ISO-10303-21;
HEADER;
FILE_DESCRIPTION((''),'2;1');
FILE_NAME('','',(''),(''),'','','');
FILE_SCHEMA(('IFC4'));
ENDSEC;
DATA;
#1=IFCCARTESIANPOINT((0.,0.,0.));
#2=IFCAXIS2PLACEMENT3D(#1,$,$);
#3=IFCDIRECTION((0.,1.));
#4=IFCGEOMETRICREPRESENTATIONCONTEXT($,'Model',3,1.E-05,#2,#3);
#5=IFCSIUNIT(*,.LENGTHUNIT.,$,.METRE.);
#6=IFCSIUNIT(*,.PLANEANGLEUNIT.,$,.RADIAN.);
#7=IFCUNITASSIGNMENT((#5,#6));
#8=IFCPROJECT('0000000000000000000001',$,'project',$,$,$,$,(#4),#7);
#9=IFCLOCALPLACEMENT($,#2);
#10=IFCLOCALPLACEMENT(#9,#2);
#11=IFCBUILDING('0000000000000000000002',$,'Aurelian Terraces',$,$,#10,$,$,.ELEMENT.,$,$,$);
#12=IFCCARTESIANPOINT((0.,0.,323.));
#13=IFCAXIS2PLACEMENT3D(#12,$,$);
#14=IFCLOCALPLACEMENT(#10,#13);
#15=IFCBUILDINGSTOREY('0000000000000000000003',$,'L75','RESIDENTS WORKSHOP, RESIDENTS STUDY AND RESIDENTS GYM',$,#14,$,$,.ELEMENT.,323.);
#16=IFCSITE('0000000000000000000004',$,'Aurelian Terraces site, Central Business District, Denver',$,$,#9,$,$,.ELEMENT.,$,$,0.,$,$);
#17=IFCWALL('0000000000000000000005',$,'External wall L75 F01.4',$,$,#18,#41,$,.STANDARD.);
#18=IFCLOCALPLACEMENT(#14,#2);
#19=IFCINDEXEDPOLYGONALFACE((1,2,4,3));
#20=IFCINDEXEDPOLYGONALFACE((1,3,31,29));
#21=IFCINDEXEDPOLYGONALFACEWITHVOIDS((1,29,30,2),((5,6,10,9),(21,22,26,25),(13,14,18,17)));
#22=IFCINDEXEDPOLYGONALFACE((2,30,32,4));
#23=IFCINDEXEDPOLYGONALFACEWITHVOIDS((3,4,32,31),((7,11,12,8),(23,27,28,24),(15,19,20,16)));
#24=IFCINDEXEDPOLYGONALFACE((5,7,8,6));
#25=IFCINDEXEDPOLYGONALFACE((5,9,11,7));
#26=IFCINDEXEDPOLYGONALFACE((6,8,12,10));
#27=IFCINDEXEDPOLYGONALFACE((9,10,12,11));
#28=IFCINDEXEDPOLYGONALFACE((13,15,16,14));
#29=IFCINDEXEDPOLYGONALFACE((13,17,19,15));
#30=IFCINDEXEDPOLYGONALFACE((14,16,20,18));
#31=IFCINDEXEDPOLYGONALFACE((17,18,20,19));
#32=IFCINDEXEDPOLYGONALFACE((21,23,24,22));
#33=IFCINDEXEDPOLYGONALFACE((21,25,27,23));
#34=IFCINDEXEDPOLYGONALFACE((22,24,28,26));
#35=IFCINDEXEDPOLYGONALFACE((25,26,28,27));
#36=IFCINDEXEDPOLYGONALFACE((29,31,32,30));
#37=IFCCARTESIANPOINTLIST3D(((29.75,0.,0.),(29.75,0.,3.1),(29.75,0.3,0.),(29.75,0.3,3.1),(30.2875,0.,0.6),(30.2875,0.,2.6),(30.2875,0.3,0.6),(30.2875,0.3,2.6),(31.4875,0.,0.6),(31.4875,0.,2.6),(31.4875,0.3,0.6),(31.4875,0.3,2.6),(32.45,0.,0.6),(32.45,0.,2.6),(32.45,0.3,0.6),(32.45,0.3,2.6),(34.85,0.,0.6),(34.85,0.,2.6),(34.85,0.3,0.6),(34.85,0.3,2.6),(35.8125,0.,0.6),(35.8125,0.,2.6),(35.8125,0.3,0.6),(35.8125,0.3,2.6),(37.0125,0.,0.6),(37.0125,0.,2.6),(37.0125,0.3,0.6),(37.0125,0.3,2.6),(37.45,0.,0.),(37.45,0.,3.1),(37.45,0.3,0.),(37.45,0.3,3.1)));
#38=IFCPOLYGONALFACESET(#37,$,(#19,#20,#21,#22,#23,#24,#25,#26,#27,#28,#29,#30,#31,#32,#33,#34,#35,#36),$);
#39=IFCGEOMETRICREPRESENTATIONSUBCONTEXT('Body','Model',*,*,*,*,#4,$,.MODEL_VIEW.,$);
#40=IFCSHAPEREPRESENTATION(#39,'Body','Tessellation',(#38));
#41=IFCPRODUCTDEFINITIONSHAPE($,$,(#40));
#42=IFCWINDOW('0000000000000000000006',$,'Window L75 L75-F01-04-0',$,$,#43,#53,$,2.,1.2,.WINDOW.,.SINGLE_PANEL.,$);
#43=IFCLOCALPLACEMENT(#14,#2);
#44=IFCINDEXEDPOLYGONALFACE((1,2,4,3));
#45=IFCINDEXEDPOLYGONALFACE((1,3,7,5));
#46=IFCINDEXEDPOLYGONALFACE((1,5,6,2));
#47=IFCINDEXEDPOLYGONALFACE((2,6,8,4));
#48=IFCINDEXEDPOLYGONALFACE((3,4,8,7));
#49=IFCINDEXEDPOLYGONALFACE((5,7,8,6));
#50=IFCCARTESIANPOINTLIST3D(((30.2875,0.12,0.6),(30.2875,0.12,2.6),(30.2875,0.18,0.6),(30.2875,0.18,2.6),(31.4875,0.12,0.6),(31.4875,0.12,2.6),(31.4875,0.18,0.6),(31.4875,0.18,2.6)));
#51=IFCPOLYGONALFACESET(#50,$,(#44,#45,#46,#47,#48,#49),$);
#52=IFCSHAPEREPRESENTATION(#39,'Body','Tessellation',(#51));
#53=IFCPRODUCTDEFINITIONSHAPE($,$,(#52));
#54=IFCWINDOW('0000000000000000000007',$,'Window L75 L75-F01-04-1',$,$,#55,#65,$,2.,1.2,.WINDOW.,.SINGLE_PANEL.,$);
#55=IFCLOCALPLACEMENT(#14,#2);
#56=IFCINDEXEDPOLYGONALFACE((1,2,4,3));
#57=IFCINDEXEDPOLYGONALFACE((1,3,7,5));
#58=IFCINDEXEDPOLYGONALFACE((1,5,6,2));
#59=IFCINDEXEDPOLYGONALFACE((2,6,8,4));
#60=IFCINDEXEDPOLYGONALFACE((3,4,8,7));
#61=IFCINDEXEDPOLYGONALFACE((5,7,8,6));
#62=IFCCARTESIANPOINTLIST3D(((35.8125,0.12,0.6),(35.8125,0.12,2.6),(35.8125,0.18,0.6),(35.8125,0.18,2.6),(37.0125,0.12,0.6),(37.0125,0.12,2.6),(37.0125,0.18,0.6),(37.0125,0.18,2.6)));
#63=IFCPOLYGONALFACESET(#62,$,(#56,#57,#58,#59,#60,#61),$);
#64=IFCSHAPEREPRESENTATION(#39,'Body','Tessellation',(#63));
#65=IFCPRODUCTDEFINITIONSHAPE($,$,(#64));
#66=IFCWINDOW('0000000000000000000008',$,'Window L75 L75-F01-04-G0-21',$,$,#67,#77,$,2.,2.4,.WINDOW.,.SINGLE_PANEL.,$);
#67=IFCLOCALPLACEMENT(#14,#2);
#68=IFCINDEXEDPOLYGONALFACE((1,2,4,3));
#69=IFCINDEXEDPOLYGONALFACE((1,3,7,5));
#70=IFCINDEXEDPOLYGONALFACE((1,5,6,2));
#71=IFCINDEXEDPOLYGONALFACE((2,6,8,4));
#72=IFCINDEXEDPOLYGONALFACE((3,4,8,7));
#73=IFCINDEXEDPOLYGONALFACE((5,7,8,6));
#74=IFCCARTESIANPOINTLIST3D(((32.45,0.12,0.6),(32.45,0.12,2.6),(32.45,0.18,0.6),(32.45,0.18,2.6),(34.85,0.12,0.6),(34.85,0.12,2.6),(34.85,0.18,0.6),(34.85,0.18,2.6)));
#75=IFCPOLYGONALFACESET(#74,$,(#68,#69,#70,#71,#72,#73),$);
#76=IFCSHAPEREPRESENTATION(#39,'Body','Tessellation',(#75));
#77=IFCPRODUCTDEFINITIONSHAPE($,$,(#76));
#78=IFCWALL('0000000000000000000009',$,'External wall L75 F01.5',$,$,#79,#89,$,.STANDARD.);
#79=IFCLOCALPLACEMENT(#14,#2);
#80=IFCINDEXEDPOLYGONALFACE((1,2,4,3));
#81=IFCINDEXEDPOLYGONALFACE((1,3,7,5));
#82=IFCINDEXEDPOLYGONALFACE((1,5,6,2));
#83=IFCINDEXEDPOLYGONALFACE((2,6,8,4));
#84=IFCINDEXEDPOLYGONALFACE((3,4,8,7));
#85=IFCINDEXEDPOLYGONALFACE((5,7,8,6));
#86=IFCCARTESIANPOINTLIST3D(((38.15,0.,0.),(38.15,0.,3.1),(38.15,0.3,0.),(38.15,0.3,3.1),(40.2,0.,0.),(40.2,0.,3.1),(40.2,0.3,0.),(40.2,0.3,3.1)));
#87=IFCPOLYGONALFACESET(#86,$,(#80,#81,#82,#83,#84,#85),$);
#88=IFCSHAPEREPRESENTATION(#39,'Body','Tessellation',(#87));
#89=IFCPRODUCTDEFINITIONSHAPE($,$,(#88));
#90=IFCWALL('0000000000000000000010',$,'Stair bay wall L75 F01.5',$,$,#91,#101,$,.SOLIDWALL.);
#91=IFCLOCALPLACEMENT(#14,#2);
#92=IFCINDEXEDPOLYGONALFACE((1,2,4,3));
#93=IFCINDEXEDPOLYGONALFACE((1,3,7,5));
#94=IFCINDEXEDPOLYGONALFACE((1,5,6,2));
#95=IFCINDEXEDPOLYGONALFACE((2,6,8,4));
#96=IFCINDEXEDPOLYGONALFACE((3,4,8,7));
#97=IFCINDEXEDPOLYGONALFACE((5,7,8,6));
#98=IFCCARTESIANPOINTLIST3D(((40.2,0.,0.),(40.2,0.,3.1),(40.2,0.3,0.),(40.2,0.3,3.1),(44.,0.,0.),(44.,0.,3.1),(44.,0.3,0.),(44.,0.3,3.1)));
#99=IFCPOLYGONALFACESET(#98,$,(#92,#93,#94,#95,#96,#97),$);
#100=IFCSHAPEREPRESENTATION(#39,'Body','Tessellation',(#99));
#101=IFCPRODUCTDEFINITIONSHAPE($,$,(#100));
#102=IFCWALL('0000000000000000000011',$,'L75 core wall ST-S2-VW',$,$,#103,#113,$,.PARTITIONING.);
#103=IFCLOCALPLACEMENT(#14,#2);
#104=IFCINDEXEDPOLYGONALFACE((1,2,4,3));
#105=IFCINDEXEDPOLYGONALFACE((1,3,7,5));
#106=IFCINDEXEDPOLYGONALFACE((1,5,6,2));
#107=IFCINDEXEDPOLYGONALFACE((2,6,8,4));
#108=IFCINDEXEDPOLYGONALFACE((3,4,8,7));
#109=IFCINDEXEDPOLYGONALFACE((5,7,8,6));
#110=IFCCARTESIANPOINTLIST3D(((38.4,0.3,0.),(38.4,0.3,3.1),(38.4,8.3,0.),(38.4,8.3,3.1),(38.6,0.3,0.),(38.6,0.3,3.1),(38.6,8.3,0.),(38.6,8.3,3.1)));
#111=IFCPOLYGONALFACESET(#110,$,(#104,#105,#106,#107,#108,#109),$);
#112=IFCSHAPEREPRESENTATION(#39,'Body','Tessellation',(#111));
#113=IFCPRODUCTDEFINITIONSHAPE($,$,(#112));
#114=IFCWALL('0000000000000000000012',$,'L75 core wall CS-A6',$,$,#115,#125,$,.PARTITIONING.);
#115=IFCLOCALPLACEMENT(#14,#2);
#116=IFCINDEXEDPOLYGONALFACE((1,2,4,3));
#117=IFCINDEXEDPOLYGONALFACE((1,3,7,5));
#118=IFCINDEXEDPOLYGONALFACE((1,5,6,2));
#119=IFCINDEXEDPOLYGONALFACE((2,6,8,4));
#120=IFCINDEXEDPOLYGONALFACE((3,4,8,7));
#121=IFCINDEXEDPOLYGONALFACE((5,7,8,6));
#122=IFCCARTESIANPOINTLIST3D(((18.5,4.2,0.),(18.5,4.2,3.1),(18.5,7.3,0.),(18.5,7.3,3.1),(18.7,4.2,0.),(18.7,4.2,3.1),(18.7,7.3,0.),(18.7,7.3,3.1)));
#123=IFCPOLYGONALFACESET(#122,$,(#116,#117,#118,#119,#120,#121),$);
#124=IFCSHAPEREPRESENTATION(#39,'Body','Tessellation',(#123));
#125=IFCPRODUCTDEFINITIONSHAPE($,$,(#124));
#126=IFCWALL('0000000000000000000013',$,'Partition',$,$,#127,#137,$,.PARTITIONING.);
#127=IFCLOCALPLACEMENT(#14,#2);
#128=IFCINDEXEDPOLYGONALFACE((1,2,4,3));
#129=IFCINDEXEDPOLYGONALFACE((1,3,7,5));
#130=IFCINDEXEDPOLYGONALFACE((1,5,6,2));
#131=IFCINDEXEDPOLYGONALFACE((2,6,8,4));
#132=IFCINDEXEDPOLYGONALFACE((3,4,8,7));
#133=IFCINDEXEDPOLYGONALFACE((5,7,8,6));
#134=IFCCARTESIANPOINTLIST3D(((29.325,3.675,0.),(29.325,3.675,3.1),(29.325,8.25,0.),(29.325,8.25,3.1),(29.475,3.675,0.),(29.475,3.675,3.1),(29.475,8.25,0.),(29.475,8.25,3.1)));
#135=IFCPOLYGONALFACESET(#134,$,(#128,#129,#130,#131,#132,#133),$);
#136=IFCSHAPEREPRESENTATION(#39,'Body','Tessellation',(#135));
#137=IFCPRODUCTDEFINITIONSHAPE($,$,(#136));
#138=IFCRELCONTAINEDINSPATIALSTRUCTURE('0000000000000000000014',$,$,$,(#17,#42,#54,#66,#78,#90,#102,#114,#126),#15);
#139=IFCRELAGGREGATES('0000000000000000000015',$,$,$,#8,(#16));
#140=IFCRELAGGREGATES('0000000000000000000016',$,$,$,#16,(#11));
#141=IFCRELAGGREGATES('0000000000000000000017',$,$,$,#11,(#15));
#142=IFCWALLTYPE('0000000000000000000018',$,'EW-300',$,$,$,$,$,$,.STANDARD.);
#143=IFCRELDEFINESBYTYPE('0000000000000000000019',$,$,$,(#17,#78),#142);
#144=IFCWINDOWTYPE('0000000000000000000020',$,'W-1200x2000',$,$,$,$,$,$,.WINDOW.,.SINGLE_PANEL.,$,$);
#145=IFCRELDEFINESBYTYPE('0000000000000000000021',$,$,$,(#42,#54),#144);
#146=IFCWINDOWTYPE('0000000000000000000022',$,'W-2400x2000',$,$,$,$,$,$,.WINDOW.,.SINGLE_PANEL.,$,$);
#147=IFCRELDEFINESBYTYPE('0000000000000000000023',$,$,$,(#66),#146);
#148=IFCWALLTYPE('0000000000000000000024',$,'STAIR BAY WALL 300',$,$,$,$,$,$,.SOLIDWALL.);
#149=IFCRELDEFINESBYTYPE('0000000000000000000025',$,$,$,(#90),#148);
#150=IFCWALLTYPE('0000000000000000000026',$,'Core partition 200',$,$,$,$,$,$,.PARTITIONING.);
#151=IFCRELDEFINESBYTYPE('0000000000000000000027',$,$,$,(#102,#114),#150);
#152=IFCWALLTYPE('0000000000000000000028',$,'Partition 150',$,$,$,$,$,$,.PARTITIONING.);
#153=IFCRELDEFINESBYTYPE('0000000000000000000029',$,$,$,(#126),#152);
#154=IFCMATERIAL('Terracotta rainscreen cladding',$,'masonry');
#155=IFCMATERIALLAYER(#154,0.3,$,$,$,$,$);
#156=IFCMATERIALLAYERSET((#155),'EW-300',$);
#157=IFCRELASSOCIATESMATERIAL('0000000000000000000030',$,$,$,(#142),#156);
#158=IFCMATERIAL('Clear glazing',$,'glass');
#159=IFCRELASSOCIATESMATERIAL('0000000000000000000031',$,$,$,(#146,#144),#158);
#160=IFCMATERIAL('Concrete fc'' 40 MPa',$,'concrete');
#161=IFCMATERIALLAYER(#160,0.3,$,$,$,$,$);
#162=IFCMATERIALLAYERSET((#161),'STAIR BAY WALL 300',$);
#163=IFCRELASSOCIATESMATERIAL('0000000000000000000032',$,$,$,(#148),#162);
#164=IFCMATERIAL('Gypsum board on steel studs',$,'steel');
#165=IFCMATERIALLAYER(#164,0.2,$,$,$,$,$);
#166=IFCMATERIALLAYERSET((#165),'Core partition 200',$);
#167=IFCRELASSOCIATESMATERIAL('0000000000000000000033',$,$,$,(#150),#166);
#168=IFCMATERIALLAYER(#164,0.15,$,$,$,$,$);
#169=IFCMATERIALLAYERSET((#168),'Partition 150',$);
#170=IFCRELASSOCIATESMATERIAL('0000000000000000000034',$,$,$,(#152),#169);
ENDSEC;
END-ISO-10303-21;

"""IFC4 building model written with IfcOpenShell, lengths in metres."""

from ifc_helpers import new_model, si_unit, direction, frame, frame_2d, origin, place, context, subcontext, project, spatial, rectangle, extrude, source, transform, mapped, material, layer, layer_set, type_object, element, fill, save


model = new_model("IFC4")

# Units and contexts
model_context = context("Model", 3, precision=1e-05, world=origin(), true_north=direction((0.0, 1.0)))
body_context = subcontext(model_context, "Body", "Model", "MODEL_VIEW")
ifc_project = project(units=[si_unit("LENGTHUNIT", "METRE"), si_unit("PLANEANGLEUNIT", "RADIAN")], contexts=[model_context])

# Site, building, storey
site_placement = place(None, origin())
site = spatial("IfcSite", under=ifc_project, at=site_placement, Name="Aurelian Terraces site, Central Business District, Denver", CompositionType="ELEMENT", RefElevation=0.0)
building_placement = place(site_placement, origin())
building = spatial("IfcBuilding", under=site, at=building_placement, Name="Aurelian Terraces", CompositionType="ELEMENT")
storey_placement = place(building_placement, frame((0.0, 0.0, 323.0)))
storey = spatial("IfcBuildingStorey", under=building, at=storey_placement, Name="L75", Description="RESIDENTS WORKSHOP, RESIDENTS STUDY AND RESIDENTS GYM", CompositionType="ELEMENT", Elevation=323.0)

# Wall, openings, windows
ifc_material_1 = material(Name="Terracotta rainscreen cladding", Category="masonry")
ifc_layer_1 = layer(ifc_material_1, 0.3)
ifc_layer_set_1 = layer_set([ifc_layer_1], Name="EW-300")
wall_type_1 = type_object("IfcWallType", Name="EW-300", PredefinedType="STANDARD", material=ifc_layer_set_1)
shared_shape_1 = source(origin(), body_context, "Body", "SweptSolid", [
    extrude(rectangle(XDim=7.7, YDim=0.3, at=frame_2d((3.85, 0.0))), origin(), (0.0, 0.0, 1.0), 3.1),
])
shared_shape_2 = source(origin(), body_context, "Body", "SweptSolid", [
    extrude(rectangle(XDim=2.4, YDim=2.0, at=frame_2d((1.2, 1.0))), frame((0.0, 0.16, 0.0), z_axis=(0.0, -1.0, 0.0), x_axis=(1.0, 0.0, 0.0)), (0.0, 0.0, 1.0), 0.32),
])
ifc_material_2 = material(Name="Clear glazing", Category="glass")
window_type_1 = type_object("IfcWindowType", Name="W-2400x2000", PartitioningType="SINGLE_PANEL", PredefinedType="WINDOW", material=ifc_material_2)
shared_shape_3 = source(origin(), body_context, "Body", "SweptSolid", [
    extrude(rectangle(XDim=2.4, YDim=2.0, at=frame_2d((1.2, 1.0))), frame((0.0, 0.03, 0.0), z_axis=(0.0, -1.0, 0.0), x_axis=(1.0, 0.0, 0.0)), (0.0, 0.0, 1.0), 0.06),
])
wall_1_placement = place(storey_placement, frame((29.75, 0.15, 0.0), z_axis=(0.0, 0.0, 1.0), x_axis=(1.0, 0.0, 0.0)))
wall_1 = element("IfcWall", 1, at=wall_1_placement, inside=storey, type_object=wall_type_1, Name="External wall L75 F01.4", PredefinedType="STANDARD", context=body_context, shape_type="MappedRepresentation", body=[
    mapped(shared_shape_1, transform((0.0, 0.0, 0.0), scale=1.0)),
])
shared_shape_4 = source(origin(), body_context, "Body", "SweptSolid", [
    extrude(rectangle(XDim=1.2, YDim=2.0, at=frame_2d((0.6, 1.0))), frame((0.0, 0.16, 0.0), z_axis=(0.0, -1.0, 0.0), x_axis=(1.0, 0.0, 0.0)), (0.0, 0.0, 1.0), 0.32),
])
opening_1_placement = place(wall_1_placement, frame((0.5375, 0.0, 0.6)))
opening_1 = element("IfcOpeningElement", 2, at=opening_1_placement, cuts=wall_1, PredefinedType="OPENING", context=body_context, shape_type="MappedRepresentation", body=[
    mapped(shared_shape_4, transform((0.0, 0.0, 0.0), scale=1.0)),
])
opening_2_placement = place(wall_1_placement, frame((6.0625, 0.0, 0.6)))
opening_2 = element("IfcOpeningElement", 3, at=opening_2_placement, cuts=wall_1, PredefinedType="OPENING", context=body_context, shape_type="MappedRepresentation", body=[
    mapped(shared_shape_4, transform((0.0, 0.0, 0.0), scale=1.0)),
])
opening_3_placement = place(wall_1_placement, frame((2.7, 0.0, 0.6)))
opening_3 = element("IfcOpeningElement", 4, at=opening_3_placement, cuts=wall_1, PredefinedType="OPENING", context=body_context, shape_type="MappedRepresentation", body=[
    mapped(shared_shape_2, transform((0.0, 0.0, 0.0), scale=1.0)),
])
window_type_2 = type_object("IfcWindowType", Name="W-1200x2000", PartitioningType="SINGLE_PANEL", PredefinedType="WINDOW", material=ifc_material_2)
shared_shape_5 = source(origin(), body_context, "Body", "SweptSolid", [
    extrude(rectangle(XDim=1.2, YDim=2.0, at=frame_2d((0.6, 1.0))), frame((0.0, 0.03, 0.0), z_axis=(0.0, -1.0, 0.0), x_axis=(1.0, 0.0, 0.0)), (0.0, 0.0, 1.0), 0.06),
])
window_1_placement = place(opening_1_placement, origin())
window_1 = element("IfcWindow", 5, at=window_1_placement, inside=storey, type_object=window_type_2, Name="Window L75 L75-F01-04-0", OverallHeight=2.0, OverallWidth=1.2, PartitioningType="SINGLE_PANEL", PredefinedType="WINDOW", context=body_context, shape_type="MappedRepresentation", body=[
    mapped(shared_shape_5, transform((0.0, 0.0, 0.0), scale=1.0)),
])
fill(opening_1, window_1)
window_2_placement = place(opening_2_placement, origin())
window_2 = element("IfcWindow", 6, at=window_2_placement, inside=storey, type_object=window_type_2, Name="Window L75 L75-F01-04-1", OverallHeight=2.0, OverallWidth=1.2, PartitioningType="SINGLE_PANEL", PredefinedType="WINDOW", context=body_context, shape_type="MappedRepresentation", body=[
    mapped(shared_shape_5, transform((0.0, 0.0, 0.0), scale=1.0)),
])
fill(opening_2, window_2)
window_3_placement = place(opening_3_placement, origin())
window_3 = element("IfcWindow", 7, at=window_3_placement, inside=storey, type_object=window_type_1, Name="Window L75 L75-F01-04-G0-21", OverallHeight=2.0, OverallWidth=2.4, PartitioningType="SINGLE_PANEL", PredefinedType="WINDOW", context=body_context, shape_type="MappedRepresentation", body=[
    mapped(shared_shape_3, transform((0.0, 0.0, 0.0), scale=1.0)),
])
fill(opening_3, window_3)

# Walls
shared_shape_6 = source(origin(), body_context, "Body", "SweptSolid", [
    extrude(rectangle(XDim=2.05, YDim=0.3, at=frame_2d((1.025, 0.0))), origin(), (0.0, 0.0, 1.0), 3.1),
])
wall_2_placement = place(storey_placement, frame((38.15, 0.15, 0.0), z_axis=(0.0, 0.0, 1.0), x_axis=(1.0, 0.0, 0.0)))
element("IfcWall", 8, at=wall_2_placement, inside=storey, type_object=wall_type_1, Name="External wall L75 F01.5", PredefinedType="STANDARD", context=body_context, shape_type="MappedRepresentation", body=[
    mapped(shared_shape_6, transform((0.0, 0.0, 0.0), scale=1.0)),
])
ifc_material_3 = material(Name="Concrete fc' 40 MPa", Category="concrete")
ifc_layer_2 = layer(ifc_material_3, 0.3)
ifc_layer_set_2 = layer_set([ifc_layer_2], Name="STAIR BAY WALL 300")
wall_type_2 = type_object("IfcWallType", Name="STAIR BAY WALL 300", PredefinedType="SOLIDWALL", material=ifc_layer_set_2)
shared_shape_7 = source(origin(), body_context, "Body", "SweptSolid", [
    extrude(rectangle(XDim=3.8, YDim=0.3, at=frame_2d((1.9, 0.0))), origin(), (0.0, 0.0, 1.0), 3.1),
])
wall_3_placement = place(storey_placement, frame((40.2, 0.15, 0.0), z_axis=(0.0, 0.0, 1.0), x_axis=(1.0, 0.0, 0.0)))
element("IfcWall", 9, at=wall_3_placement, inside=storey, type_object=wall_type_2, Name="Stair bay wall L75 F01.5", PredefinedType="SOLIDWALL", context=body_context, shape_type="MappedRepresentation", body=[
    mapped(shared_shape_7, transform((0.0, 0.0, 0.0), scale=1.0)),
])
ifc_material_4 = material(Name="Gypsum board on steel studs", Category="steel")
ifc_layer_3 = layer(ifc_material_4, 0.2)
ifc_layer_set_3 = layer_set([ifc_layer_3], Name="Core partition 200")
wall_type_3 = type_object("IfcWallType", Name="Core partition 200", PredefinedType="PARTITIONING", material=ifc_layer_set_3)
shared_shape_8 = source(origin(), body_context, "Body", "SweptSolid", [
    extrude(rectangle(XDim=8.0, YDim=0.2, at=frame_2d((4.0, 0.0))), origin(), (0.0, 0.0, 1.0), 3.1),
])
wall_4_placement = place(storey_placement, frame((38.5, 0.3, 0.0), z_axis=(0.0, 0.0, 1.0), x_axis=(0.0, 1.0, 0.0)))
element("IfcWall", 10, at=wall_4_placement, inside=storey, type_object=wall_type_3, Name="L75 core wall ST-S2-VW", PredefinedType="PARTITIONING", context=body_context, shape_type="MappedRepresentation", body=[
    mapped(shared_shape_8, transform((0.0, 0.0, 0.0), scale=1.0)),
])
shared_shape_9 = source(origin(), body_context, "Body", "SweptSolid", [
    extrude(rectangle(XDim=3.1, YDim=0.2, at=frame_2d((1.55, 0.0))), origin(), (0.0, 0.0, 1.0), 3.1),
])
wall_5_placement = place(storey_placement, frame((18.6, 4.2, 0.0), z_axis=(0.0, 0.0, 1.0), x_axis=(0.0, 1.0, 0.0)))
element("IfcWall", 11, at=wall_5_placement, inside=storey, type_object=wall_type_3, Name="L75 core wall CS-A6", PredefinedType="PARTITIONING", context=body_context, shape_type="MappedRepresentation", body=[
    mapped(shared_shape_9, transform((0.0, 0.0, 0.0), scale=1.0)),
])
ifc_layer_4 = layer(ifc_material_4, 0.15)
ifc_layer_set_4 = layer_set([ifc_layer_4], Name="Partition 150")
wall_type_4 = type_object("IfcWallType", Name="Partition 150", PredefinedType="PARTITIONING", material=ifc_layer_set_4)
shared_shape_10 = source(origin(), body_context, "Body", "SweptSolid", [
    extrude(rectangle(XDim=4.575, YDim=0.15, at=frame_2d((2.2875, 0.0))), origin(), (0.0, 0.0, 1.0), 3.1),
])
wall_6_placement = place(storey_placement, frame((29.4, 3.675, 0.0), z_axis=(0.0, 0.0, 1.0), x_axis=(0.0, 1.0, 0.0)))
element("IfcWall", 12, at=wall_6_placement, inside=storey, type_object=wall_type_4, Name="Partition", PredefinedType="PARTITIONING", context=body_context, shape_type="MappedRepresentation", body=[
    mapped(shared_shape_10, transform((0.0, 0.0, 0.0), scale=1.0)),
])

save(model, "model.ifc")
